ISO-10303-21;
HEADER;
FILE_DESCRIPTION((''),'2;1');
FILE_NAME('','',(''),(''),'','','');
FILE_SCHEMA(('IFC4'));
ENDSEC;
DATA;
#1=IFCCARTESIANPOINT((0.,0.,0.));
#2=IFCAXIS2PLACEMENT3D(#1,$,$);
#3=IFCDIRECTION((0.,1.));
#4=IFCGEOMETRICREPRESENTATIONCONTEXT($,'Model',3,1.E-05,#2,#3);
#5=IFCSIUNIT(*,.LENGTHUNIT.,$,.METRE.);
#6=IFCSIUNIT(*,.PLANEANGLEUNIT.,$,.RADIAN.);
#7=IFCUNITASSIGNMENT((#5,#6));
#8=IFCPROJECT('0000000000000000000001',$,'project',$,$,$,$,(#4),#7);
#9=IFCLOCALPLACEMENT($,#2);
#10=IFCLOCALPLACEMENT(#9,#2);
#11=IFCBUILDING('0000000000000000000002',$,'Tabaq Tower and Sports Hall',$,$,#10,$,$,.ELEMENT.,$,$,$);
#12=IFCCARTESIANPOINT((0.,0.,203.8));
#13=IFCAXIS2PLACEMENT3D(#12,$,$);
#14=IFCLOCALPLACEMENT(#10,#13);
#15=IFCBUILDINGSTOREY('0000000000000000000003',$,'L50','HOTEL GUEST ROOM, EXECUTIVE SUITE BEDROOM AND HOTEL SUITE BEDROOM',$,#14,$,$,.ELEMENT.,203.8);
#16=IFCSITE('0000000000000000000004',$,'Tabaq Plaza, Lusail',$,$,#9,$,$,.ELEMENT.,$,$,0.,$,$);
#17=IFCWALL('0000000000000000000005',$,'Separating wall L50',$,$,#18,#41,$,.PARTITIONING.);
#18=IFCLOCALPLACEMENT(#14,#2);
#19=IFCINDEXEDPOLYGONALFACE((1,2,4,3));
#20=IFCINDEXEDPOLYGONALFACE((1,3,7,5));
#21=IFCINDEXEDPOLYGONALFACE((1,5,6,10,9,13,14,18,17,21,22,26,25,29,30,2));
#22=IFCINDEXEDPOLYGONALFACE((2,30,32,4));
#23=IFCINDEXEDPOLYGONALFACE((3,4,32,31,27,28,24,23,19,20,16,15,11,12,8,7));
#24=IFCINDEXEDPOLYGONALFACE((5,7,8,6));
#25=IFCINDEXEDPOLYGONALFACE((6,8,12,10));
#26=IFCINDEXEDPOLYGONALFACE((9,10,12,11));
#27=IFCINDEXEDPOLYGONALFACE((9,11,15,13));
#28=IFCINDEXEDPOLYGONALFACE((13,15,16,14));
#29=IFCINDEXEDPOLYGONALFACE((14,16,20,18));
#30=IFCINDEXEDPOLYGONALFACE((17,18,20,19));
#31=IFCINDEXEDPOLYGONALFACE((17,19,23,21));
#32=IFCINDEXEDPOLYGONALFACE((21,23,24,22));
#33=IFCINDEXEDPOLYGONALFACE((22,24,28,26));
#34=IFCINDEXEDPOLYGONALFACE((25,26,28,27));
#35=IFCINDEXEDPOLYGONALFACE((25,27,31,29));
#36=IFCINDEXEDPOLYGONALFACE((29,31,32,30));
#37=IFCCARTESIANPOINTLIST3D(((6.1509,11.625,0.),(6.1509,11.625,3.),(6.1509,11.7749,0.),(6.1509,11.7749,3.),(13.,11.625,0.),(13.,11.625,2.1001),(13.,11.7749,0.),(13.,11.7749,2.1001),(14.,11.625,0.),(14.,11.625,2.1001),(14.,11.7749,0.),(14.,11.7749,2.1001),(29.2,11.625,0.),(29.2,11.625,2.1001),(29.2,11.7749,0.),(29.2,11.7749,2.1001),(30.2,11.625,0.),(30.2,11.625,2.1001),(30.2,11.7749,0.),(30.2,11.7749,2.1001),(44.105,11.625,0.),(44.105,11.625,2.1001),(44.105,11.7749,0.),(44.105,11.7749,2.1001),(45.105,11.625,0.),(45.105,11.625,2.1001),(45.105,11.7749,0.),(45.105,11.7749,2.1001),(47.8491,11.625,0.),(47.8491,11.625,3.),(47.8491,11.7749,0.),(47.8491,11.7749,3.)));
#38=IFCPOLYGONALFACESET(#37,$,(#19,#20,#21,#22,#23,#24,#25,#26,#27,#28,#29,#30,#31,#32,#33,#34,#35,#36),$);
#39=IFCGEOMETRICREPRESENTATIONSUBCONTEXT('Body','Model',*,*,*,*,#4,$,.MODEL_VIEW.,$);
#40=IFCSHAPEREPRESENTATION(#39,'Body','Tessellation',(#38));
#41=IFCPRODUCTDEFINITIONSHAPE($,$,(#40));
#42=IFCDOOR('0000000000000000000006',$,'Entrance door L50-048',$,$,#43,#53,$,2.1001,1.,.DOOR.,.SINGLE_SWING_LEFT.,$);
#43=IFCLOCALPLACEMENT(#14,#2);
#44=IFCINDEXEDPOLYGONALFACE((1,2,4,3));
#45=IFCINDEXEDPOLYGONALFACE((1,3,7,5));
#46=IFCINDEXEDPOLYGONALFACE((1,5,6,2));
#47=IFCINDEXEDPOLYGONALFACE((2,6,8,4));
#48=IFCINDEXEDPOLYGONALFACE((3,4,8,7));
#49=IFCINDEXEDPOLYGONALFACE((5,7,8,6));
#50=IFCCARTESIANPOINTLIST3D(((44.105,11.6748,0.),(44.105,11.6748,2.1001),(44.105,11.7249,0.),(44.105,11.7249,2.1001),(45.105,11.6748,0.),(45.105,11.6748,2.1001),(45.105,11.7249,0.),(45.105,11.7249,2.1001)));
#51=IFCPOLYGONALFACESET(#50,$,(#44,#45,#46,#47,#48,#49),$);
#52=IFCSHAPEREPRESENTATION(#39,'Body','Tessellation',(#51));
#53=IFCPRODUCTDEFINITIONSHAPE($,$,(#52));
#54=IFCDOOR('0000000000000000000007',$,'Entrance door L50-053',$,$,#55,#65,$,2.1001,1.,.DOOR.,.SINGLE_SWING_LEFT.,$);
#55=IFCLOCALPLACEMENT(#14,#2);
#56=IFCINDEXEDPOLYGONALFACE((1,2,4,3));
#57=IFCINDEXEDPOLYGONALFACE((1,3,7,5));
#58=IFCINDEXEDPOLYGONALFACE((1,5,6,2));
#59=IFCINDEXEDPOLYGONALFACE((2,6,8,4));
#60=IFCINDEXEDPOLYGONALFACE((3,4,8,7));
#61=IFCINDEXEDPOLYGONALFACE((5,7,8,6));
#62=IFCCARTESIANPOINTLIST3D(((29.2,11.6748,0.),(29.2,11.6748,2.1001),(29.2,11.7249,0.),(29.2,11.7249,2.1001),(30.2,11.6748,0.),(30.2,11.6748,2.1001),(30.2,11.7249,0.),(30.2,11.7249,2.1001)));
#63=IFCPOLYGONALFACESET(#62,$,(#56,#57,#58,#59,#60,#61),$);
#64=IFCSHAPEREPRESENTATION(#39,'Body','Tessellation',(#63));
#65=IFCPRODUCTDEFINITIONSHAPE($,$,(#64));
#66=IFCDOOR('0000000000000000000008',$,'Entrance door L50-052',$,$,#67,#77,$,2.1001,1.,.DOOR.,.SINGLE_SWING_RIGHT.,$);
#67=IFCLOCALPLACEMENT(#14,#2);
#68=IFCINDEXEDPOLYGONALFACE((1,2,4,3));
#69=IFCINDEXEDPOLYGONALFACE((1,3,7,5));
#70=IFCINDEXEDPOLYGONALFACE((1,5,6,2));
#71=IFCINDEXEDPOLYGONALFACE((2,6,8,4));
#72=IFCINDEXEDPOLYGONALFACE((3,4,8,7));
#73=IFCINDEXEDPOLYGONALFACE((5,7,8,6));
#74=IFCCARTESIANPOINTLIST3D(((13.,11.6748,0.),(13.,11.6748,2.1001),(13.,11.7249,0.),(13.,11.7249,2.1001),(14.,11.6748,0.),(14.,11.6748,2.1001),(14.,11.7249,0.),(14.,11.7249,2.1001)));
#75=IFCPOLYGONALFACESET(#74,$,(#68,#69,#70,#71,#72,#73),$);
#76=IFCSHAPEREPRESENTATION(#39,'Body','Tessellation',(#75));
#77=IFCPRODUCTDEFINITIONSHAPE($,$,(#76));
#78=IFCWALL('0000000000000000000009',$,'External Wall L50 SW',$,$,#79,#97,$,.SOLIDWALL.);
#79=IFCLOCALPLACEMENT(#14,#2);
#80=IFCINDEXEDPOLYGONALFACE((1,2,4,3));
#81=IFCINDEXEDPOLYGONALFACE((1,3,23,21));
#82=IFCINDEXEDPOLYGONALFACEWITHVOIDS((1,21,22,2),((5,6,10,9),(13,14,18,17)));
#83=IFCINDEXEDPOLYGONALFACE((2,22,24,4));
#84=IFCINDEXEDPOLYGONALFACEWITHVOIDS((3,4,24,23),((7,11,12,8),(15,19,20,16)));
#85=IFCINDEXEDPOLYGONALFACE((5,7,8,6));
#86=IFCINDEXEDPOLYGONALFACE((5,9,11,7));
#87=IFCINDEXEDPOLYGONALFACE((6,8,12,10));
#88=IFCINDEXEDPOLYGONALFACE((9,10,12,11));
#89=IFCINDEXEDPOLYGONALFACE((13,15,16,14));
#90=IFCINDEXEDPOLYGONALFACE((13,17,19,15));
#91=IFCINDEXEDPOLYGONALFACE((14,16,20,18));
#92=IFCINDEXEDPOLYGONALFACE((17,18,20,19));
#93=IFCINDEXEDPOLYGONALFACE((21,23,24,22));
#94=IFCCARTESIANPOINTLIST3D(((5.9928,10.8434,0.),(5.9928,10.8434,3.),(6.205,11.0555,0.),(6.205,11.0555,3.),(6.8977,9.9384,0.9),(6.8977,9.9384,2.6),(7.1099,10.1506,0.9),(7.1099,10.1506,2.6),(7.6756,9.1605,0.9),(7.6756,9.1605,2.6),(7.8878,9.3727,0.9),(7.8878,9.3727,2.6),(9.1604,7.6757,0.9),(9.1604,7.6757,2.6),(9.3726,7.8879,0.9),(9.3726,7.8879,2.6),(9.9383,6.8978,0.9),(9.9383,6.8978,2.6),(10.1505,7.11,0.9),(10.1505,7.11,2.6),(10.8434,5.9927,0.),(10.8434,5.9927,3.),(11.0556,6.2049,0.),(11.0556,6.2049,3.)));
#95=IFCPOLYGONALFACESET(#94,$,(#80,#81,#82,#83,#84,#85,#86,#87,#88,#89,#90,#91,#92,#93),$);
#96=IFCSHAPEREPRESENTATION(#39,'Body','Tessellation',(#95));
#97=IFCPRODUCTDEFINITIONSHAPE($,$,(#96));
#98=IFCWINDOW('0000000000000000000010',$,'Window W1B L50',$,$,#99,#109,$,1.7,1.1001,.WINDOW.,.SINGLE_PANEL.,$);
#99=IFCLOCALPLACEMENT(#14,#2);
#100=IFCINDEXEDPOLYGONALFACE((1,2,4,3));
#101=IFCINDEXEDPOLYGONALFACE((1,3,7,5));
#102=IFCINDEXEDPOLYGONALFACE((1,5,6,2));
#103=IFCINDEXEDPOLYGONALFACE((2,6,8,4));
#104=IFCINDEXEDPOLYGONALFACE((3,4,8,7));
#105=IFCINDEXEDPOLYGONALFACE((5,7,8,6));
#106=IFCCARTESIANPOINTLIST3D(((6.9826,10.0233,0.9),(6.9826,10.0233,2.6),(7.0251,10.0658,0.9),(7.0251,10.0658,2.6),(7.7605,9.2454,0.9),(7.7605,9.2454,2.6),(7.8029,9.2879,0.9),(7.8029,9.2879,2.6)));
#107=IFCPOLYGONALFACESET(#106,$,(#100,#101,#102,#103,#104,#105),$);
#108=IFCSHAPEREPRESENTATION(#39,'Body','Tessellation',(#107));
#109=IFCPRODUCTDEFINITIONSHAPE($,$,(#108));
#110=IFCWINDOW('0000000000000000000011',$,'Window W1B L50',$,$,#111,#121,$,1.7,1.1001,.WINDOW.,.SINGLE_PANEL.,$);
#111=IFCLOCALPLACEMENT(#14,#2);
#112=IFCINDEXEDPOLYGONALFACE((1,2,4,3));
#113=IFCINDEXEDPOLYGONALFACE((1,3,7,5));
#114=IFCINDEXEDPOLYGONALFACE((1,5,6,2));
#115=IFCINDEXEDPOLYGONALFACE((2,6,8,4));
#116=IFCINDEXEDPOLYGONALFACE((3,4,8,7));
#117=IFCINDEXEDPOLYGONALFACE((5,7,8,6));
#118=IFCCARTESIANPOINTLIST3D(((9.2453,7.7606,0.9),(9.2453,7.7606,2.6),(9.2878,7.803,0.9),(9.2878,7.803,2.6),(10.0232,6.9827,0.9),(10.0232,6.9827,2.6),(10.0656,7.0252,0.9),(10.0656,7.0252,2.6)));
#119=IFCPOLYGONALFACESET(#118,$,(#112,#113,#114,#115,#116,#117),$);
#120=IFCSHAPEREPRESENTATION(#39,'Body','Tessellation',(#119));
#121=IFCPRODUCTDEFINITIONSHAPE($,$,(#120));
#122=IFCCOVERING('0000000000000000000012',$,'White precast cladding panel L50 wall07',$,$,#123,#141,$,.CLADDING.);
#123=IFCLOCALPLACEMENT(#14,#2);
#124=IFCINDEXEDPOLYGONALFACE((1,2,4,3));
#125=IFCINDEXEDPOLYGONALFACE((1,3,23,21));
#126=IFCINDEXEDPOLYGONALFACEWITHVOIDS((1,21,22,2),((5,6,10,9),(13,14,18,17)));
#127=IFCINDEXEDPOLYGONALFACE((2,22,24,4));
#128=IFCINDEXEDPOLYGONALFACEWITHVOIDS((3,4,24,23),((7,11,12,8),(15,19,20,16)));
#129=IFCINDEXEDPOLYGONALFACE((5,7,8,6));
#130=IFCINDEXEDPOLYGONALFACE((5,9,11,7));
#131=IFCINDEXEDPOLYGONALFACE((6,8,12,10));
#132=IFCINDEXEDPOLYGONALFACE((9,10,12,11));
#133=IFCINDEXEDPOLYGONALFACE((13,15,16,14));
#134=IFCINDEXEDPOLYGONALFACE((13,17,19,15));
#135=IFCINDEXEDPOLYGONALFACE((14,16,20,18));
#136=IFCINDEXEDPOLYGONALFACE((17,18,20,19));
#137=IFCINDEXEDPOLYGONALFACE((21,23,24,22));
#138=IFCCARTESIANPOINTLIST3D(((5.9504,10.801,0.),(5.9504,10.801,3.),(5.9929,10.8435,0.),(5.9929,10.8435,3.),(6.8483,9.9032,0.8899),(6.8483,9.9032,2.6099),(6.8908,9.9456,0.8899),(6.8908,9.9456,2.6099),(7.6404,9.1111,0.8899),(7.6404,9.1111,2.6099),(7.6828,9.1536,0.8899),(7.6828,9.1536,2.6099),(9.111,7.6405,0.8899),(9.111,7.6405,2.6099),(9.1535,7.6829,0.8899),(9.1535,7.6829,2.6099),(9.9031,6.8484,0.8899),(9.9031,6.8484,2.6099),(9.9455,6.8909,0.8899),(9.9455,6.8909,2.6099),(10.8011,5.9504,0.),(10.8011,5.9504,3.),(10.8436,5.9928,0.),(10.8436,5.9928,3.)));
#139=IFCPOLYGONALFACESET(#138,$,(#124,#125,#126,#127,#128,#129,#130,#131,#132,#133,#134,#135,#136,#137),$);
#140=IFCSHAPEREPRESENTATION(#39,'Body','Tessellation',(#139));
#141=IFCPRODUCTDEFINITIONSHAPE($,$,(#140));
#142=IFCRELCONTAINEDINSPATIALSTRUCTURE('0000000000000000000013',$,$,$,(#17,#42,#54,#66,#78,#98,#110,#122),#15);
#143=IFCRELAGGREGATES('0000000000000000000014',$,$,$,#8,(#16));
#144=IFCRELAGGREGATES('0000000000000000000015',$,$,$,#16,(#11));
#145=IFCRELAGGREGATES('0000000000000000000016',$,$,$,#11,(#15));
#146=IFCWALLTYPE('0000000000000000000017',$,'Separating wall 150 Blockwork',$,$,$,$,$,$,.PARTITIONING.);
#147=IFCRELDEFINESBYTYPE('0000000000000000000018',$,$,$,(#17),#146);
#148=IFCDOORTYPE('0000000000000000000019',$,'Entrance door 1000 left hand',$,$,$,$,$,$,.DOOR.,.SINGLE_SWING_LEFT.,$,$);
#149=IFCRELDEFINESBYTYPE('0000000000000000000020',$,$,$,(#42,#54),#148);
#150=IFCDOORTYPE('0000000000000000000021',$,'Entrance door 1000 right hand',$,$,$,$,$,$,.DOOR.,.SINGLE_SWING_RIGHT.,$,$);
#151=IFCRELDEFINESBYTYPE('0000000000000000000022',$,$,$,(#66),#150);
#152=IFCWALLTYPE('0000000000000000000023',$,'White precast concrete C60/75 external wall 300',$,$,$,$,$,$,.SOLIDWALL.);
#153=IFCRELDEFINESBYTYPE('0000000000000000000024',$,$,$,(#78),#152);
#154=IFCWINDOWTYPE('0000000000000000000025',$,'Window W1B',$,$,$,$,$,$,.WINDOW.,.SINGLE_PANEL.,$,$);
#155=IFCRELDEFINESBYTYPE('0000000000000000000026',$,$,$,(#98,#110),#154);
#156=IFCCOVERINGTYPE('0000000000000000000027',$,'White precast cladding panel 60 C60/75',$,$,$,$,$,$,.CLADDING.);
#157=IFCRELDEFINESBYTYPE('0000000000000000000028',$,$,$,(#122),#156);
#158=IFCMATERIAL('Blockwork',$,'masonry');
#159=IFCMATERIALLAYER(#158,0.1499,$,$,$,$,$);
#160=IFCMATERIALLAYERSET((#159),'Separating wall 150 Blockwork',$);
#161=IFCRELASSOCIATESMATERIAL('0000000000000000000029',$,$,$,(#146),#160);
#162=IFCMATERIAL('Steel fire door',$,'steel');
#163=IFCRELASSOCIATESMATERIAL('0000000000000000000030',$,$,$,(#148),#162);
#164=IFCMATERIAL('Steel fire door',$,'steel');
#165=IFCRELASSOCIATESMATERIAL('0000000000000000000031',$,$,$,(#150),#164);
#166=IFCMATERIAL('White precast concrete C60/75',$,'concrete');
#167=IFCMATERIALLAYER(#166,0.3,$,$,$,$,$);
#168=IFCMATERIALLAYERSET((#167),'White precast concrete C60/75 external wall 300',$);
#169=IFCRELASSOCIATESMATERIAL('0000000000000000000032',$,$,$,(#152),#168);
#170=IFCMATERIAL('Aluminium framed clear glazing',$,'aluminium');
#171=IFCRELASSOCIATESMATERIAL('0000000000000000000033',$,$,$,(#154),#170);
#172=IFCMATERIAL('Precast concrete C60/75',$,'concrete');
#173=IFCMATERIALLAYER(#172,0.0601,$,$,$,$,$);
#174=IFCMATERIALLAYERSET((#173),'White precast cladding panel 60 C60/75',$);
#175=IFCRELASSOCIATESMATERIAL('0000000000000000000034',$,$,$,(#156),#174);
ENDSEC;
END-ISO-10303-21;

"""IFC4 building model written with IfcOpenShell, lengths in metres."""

from ifc_helpers import new_model, si_unit, direction, frame, frame_2d, origin, place, context, subcontext, project, spatial, polyline, rectangle, outline, extrude, material, layer, layer_set, type_object, element, fill, save


model = new_model("IFC4")

# Units and contexts
model_context = context("Model", 3, precision=1e-05, world=origin(), true_north=direction((0.0, 1.0)))
body_context = subcontext(model_context, "Body", "Model", "MODEL_VIEW")
ifc_project = project(units=[si_unit("LENGTHUNIT", "METRE"), si_unit("PLANEANGLEUNIT", "RADIAN")], contexts=[model_context])

# Site, building, storey
site_placement = place(None, origin())
site = spatial("IfcSite", under=ifc_project, at=site_placement, Name="Tabaq Plaza, Lusail", CompositionType="ELEMENT", RefElevation=0.0)
building_placement = place(site_placement, origin())
building = spatial("IfcBuilding", under=site, at=building_placement, Name="Tabaq Tower and Sports Hall", CompositionType="ELEMENT")
storey_placement = place(building_placement, frame((0.0, 0.0, 203.8)))
storey = spatial("IfcBuildingStorey", under=building, at=storey_placement, Name="L50", Description="HOTEL GUEST ROOM, EXECUTIVE SUITE BEDROOM AND HOTEL SUITE BEDROOM", CompositionType="ELEMENT", Elevation=203.8)

# Wall, openings, doors
ifc_material_1 = material(Name="Blockwork", Category="masonry")
ifc_layer_1 = layer(ifc_material_1, 0.1499)
ifc_layer_set_1 = layer_set([ifc_layer_1], Name="Separating wall 150 Blockwork")
wall_type_1 = type_object("IfcWallType", Name="Separating wall 150 Blockwork", PredefinedType="PARTITIONING", material=ifc_layer_set_1)
wall_1_placement = place(storey_placement, frame((6.1509, 11.7, 0.0), z_axis=(0.0, 0.0, 1.0), x_axis=(1.0, 0.0, 0.0)))
wall_1 = element("IfcWall", 1, at=wall_1_placement, inside=storey, type_object=wall_type_1, Name="Separating wall L50", PredefinedType="PARTITIONING", context=body_context, shape_type="SweptSolid", body=[
    extrude(rectangle(XDim=41.6982, YDim=0.1499, at=frame_2d((20.8491, 0.0))), origin(), (0.0, 0.0, 1.0), 3.0),
])
opening_1_placement = place(wall_1_placement, frame((37.9541, 0.0, 0.0)))
opening_1 = element("IfcOpeningElement", 2, at=opening_1_placement, cuts=wall_1, PredefinedType="OPENING", context=body_context, shape_type="SweptSolid", body=[
    extrude(rectangle(XDim=1.0, YDim=2.1001, at=frame_2d((0.5, 1.05))), frame((0.0, 0.075, 0.0), z_axis=(0.0, -1.0, 0.0), x_axis=(1.0, 0.0, 0.0)), (0.0, 0.0, 1.0), 0.1499),
])
opening_2_placement = place(wall_1_placement, frame((6.8491, 0.0, 0.0)))
opening_2 = element("IfcOpeningElement", 3, at=opening_2_placement, cuts=wall_1, PredefinedType="OPENING", context=body_context, shape_type="SweptSolid", body=[
    extrude(rectangle(XDim=1.0, YDim=2.1001, at=frame_2d((0.5, 1.05))), frame((0.0, 0.075, 0.0), z_axis=(0.0, -1.0, 0.0), x_axis=(1.0, 0.0, 0.0)), (0.0, 0.0, 1.0), 0.1499),
])
opening_3_placement = place(wall_1_placement, frame((23.0491, 0.0, 0.0)))
opening_3 = element("IfcOpeningElement", 4, at=opening_3_placement, cuts=wall_1, PredefinedType="OPENING", context=body_context, shape_type="SweptSolid", body=[
    extrude(rectangle(XDim=1.0, YDim=2.1001, at=frame_2d((0.5, 1.05))), frame((0.0, 0.075, 0.0), z_axis=(0.0, -1.0, 0.0), x_axis=(1.0, 0.0, 0.0)), (0.0, 0.0, 1.0), 0.1499),
])
ifc_material_2 = material(Name="Steel fire door", Category="steel")
door_type_1 = type_object("IfcDoorType", Name="Entrance door 1000 left hand", OperationType="SINGLE_SWING_LEFT", PredefinedType="DOOR", material=ifc_material_2)
door_1_placement = place(opening_1_placement, origin())
door_1 = element("IfcDoor", 5, at=door_1_placement, inside=storey, type_object=door_type_1, Name="Entrance door L50-048", OperationType="SINGLE_SWING_LEFT", OverallHeight=2.1001, OverallWidth=1.0, PredefinedType="DOOR", context=body_context, shape_type="SweptSolid", body=[
    extrude(rectangle(XDim=1.0, YDim=2.1001, at=frame_2d((0.5, 1.05))), frame((0.0, 0.0249, 0.0), z_axis=(0.0, -1.0, 0.0), x_axis=(1.0, 0.0, 0.0)), (0.0, 0.0, 1.0), 0.05),
])
fill(opening_1, door_1)
door_2_placement = place(opening_3_placement, origin())
door_2 = element("IfcDoor", 6, at=door_2_placement, inside=storey, type_object=door_type_1, Name="Entrance door L50-053", OperationType="SINGLE_SWING_LEFT", OverallHeight=2.1001, OverallWidth=1.0, PredefinedType="DOOR", context=body_context, shape_type="SweptSolid", body=[
    extrude(rectangle(XDim=1.0, YDim=2.1001, at=frame_2d((0.5, 1.05))), frame((0.0, 0.0249, 0.0), z_axis=(0.0, -1.0, 0.0), x_axis=(1.0, 0.0, 0.0)), (0.0, 0.0, 1.0), 0.05),
])
fill(opening_3, door_2)
ifc_material_3 = material(Name="Steel fire door", Category="steel")
door_type_2 = type_object("IfcDoorType", Name="Entrance door 1000 right hand", OperationType="SINGLE_SWING_RIGHT", PredefinedType="DOOR", material=ifc_material_3)
door_3_placement = place(opening_2_placement, origin())
door_3 = element("IfcDoor", 7, at=door_3_placement, inside=storey, type_object=door_type_2, Name="Entrance door L50-052", OperationType="SINGLE_SWING_RIGHT", OverallHeight=2.1001, OverallWidth=1.0, PredefinedType="DOOR", context=body_context, shape_type="SweptSolid", body=[
    extrude(rectangle(XDim=1.0, YDim=2.1001, at=frame_2d((0.5, 1.05))), frame((0.0, 0.0249, 0.0), z_axis=(0.0, -1.0, 0.0), x_axis=(1.0, 0.0, 0.0)), (0.0, 0.0, 1.0), 0.05),
])
fill(opening_2, door_3)

# Wall, openings, windows
ifc_material_4 = material(Name="White precast concrete C60/75", Category="concrete")
ifc_layer_2 = layer(ifc_material_4, 0.3)
ifc_layer_set_2 = layer_set([ifc_layer_2], Name="White precast concrete C60/75 external wall 300")
wall_type_2 = type_object("IfcWallType", Name="White precast concrete C60/75 external wall 300", PredefinedType="SOLIDWALL", material=ifc_layer_set_2)
wall_2_placement = place(storey_placement, frame((6.0989, 10.9495, 0.0), z_axis=(0.0, 0.0, 1.0), x_axis=(0.707107, -0.707107, 0.0)))
wall_2 = element("IfcWall", 8, at=wall_2_placement, inside=storey, type_object=wall_type_2, Name="External Wall L50 SW", PredefinedType="SOLIDWALL", context=body_context, shape_type="SweptSolid", body=[
    extrude(rectangle(XDim=6.8599, YDim=0.3, at=frame_2d((3.4299, 0.0))), origin(), (0.0, 0.0, 1.0), 3.0),
])
opening_4_placement = place(wall_2_placement, frame((1.2798, 0.0, 0.8999)))
opening_4 = element("IfcOpeningElement", 9, at=opening_4_placement, cuts=wall_2, PredefinedType="OPENING", context=body_context, shape_type="SweptSolid", body=[
    extrude(rectangle(XDim=1.1001, YDim=1.7, at=frame_2d((0.55, 0.8501))), frame((0.0, 0.1602, 0.0), z_axis=(0.0, -1.0, 0.0), x_axis=(1.0, 0.0, 0.0)), (0.0, 0.0, 1.0), 0.3201),
])
opening_5_placement = place(wall_2_placement, frame((4.4797, 0.0, 0.8999)))
opening_5 = element("IfcOpeningElement", 10, at=opening_5_placement, cuts=wall_2, PredefinedType="OPENING", context=body_context, shape_type="SweptSolid", body=[
    extrude(rectangle(XDim=1.1001, YDim=1.7, at=frame_2d((0.55, 0.8501))), frame((0.0, 0.1602, 0.0), z_axis=(0.0, -1.0, 0.0), x_axis=(1.0, 0.0, 0.0)), (0.0, 0.0, 1.0), 0.3201),
])
ifc_material_5 = material(Name="Aluminium framed clear glazing", Category="aluminium")
window_type = type_object("IfcWindowType", Name="Window W1B", PartitioningType="SINGLE_PANEL", PredefinedType="WINDOW", material=ifc_material_5)
window_1_placement = place(opening_4_placement, origin())
window_1 = element("IfcWindow", 11, at=window_1_placement, inside=storey, type_object=window_type, Name="Window W1B L50", OverallHeight=1.7, OverallWidth=1.1001, PartitioningType="SINGLE_PANEL", PredefinedType="WINDOW", context=body_context, shape_type="SweptSolid", body=[
    extrude(rectangle(XDim=1.1001, YDim=1.7, at=frame_2d((0.55, 0.8501))), frame((0.0, 0.03, 0.0), z_axis=(0.0, -1.0, 0.0), x_axis=(1.0, 0.0, 0.0)), (0.0, 0.0, 1.0), 0.0601),
])
fill(opening_4, window_1)
window_2_placement = place(opening_5_placement, origin())
window_2 = element("IfcWindow", 12, at=window_2_placement, inside=storey, type_object=window_type, Name="Window W1B L50", OverallHeight=1.7, OverallWidth=1.1001, PartitioningType="SINGLE_PANEL", PredefinedType="WINDOW", context=body_context, shape_type="SweptSolid", body=[
    extrude(rectangle(XDim=1.1001, YDim=1.7, at=frame_2d((0.55, 0.8501))), frame((0.0, 0.03, 0.0), z_axis=(0.0, -1.0, 0.0), x_axis=(1.0, 0.0, 0.0)), (0.0, 0.0, 1.0), 0.0601),
])
fill(opening_5, window_2)

# Covering
ifc_material_6 = material(Name="Precast concrete C60/75", Category="concrete")
ifc_layer_3 = layer(ifc_material_6, 0.0601)
ifc_layer_set_3 = layer_set([ifc_layer_3], Name="White precast cladding panel 60 C60/75")
covering_type = type_object("IfcCoveringType", Name="White precast cladding panel 60 C60/75", PredefinedType="CLADDING", material=ifc_layer_set_3)
covering_placement = place(storey_placement, frame((5.9717, 10.8223, 0.0), z_axis=(0.0, 0.0, 1.0), x_axis=(0.707107, -0.707107, 0.0)))
element("IfcCovering", 13, at=covering_placement, inside=storey, type_object=covering_type, Name="White precast cladding panel L50 wall07", PredefinedType="CLADDING", context=body_context, shape_type="SweptSolid", body=[
    extrude(outline(polyline([(0.0, 0.0), (6.8599, 0.0), (6.8599, 3.0), (0.0, 3.0), (0.0, 0.0)]), holes=[polyline([(1.2698, 2.6099), (2.3899, 2.6099), (2.3899, 0.8899), (1.2698, 0.8899), (1.2698, 2.6099)]), polyline([(4.4697, 2.6099), (5.5898, 2.6099), (5.5898, 0.8899), (4.4697, 0.8899), (4.4697, 2.6099)])]), frame((0.0, 0.03, 0.0), z_axis=(0.0, -1.0, 0.0), x_axis=(1.0, 0.0, 0.0)), (0.0, 0.0, 1.0), 0.0601),
])

save(model, "model.ifc")
